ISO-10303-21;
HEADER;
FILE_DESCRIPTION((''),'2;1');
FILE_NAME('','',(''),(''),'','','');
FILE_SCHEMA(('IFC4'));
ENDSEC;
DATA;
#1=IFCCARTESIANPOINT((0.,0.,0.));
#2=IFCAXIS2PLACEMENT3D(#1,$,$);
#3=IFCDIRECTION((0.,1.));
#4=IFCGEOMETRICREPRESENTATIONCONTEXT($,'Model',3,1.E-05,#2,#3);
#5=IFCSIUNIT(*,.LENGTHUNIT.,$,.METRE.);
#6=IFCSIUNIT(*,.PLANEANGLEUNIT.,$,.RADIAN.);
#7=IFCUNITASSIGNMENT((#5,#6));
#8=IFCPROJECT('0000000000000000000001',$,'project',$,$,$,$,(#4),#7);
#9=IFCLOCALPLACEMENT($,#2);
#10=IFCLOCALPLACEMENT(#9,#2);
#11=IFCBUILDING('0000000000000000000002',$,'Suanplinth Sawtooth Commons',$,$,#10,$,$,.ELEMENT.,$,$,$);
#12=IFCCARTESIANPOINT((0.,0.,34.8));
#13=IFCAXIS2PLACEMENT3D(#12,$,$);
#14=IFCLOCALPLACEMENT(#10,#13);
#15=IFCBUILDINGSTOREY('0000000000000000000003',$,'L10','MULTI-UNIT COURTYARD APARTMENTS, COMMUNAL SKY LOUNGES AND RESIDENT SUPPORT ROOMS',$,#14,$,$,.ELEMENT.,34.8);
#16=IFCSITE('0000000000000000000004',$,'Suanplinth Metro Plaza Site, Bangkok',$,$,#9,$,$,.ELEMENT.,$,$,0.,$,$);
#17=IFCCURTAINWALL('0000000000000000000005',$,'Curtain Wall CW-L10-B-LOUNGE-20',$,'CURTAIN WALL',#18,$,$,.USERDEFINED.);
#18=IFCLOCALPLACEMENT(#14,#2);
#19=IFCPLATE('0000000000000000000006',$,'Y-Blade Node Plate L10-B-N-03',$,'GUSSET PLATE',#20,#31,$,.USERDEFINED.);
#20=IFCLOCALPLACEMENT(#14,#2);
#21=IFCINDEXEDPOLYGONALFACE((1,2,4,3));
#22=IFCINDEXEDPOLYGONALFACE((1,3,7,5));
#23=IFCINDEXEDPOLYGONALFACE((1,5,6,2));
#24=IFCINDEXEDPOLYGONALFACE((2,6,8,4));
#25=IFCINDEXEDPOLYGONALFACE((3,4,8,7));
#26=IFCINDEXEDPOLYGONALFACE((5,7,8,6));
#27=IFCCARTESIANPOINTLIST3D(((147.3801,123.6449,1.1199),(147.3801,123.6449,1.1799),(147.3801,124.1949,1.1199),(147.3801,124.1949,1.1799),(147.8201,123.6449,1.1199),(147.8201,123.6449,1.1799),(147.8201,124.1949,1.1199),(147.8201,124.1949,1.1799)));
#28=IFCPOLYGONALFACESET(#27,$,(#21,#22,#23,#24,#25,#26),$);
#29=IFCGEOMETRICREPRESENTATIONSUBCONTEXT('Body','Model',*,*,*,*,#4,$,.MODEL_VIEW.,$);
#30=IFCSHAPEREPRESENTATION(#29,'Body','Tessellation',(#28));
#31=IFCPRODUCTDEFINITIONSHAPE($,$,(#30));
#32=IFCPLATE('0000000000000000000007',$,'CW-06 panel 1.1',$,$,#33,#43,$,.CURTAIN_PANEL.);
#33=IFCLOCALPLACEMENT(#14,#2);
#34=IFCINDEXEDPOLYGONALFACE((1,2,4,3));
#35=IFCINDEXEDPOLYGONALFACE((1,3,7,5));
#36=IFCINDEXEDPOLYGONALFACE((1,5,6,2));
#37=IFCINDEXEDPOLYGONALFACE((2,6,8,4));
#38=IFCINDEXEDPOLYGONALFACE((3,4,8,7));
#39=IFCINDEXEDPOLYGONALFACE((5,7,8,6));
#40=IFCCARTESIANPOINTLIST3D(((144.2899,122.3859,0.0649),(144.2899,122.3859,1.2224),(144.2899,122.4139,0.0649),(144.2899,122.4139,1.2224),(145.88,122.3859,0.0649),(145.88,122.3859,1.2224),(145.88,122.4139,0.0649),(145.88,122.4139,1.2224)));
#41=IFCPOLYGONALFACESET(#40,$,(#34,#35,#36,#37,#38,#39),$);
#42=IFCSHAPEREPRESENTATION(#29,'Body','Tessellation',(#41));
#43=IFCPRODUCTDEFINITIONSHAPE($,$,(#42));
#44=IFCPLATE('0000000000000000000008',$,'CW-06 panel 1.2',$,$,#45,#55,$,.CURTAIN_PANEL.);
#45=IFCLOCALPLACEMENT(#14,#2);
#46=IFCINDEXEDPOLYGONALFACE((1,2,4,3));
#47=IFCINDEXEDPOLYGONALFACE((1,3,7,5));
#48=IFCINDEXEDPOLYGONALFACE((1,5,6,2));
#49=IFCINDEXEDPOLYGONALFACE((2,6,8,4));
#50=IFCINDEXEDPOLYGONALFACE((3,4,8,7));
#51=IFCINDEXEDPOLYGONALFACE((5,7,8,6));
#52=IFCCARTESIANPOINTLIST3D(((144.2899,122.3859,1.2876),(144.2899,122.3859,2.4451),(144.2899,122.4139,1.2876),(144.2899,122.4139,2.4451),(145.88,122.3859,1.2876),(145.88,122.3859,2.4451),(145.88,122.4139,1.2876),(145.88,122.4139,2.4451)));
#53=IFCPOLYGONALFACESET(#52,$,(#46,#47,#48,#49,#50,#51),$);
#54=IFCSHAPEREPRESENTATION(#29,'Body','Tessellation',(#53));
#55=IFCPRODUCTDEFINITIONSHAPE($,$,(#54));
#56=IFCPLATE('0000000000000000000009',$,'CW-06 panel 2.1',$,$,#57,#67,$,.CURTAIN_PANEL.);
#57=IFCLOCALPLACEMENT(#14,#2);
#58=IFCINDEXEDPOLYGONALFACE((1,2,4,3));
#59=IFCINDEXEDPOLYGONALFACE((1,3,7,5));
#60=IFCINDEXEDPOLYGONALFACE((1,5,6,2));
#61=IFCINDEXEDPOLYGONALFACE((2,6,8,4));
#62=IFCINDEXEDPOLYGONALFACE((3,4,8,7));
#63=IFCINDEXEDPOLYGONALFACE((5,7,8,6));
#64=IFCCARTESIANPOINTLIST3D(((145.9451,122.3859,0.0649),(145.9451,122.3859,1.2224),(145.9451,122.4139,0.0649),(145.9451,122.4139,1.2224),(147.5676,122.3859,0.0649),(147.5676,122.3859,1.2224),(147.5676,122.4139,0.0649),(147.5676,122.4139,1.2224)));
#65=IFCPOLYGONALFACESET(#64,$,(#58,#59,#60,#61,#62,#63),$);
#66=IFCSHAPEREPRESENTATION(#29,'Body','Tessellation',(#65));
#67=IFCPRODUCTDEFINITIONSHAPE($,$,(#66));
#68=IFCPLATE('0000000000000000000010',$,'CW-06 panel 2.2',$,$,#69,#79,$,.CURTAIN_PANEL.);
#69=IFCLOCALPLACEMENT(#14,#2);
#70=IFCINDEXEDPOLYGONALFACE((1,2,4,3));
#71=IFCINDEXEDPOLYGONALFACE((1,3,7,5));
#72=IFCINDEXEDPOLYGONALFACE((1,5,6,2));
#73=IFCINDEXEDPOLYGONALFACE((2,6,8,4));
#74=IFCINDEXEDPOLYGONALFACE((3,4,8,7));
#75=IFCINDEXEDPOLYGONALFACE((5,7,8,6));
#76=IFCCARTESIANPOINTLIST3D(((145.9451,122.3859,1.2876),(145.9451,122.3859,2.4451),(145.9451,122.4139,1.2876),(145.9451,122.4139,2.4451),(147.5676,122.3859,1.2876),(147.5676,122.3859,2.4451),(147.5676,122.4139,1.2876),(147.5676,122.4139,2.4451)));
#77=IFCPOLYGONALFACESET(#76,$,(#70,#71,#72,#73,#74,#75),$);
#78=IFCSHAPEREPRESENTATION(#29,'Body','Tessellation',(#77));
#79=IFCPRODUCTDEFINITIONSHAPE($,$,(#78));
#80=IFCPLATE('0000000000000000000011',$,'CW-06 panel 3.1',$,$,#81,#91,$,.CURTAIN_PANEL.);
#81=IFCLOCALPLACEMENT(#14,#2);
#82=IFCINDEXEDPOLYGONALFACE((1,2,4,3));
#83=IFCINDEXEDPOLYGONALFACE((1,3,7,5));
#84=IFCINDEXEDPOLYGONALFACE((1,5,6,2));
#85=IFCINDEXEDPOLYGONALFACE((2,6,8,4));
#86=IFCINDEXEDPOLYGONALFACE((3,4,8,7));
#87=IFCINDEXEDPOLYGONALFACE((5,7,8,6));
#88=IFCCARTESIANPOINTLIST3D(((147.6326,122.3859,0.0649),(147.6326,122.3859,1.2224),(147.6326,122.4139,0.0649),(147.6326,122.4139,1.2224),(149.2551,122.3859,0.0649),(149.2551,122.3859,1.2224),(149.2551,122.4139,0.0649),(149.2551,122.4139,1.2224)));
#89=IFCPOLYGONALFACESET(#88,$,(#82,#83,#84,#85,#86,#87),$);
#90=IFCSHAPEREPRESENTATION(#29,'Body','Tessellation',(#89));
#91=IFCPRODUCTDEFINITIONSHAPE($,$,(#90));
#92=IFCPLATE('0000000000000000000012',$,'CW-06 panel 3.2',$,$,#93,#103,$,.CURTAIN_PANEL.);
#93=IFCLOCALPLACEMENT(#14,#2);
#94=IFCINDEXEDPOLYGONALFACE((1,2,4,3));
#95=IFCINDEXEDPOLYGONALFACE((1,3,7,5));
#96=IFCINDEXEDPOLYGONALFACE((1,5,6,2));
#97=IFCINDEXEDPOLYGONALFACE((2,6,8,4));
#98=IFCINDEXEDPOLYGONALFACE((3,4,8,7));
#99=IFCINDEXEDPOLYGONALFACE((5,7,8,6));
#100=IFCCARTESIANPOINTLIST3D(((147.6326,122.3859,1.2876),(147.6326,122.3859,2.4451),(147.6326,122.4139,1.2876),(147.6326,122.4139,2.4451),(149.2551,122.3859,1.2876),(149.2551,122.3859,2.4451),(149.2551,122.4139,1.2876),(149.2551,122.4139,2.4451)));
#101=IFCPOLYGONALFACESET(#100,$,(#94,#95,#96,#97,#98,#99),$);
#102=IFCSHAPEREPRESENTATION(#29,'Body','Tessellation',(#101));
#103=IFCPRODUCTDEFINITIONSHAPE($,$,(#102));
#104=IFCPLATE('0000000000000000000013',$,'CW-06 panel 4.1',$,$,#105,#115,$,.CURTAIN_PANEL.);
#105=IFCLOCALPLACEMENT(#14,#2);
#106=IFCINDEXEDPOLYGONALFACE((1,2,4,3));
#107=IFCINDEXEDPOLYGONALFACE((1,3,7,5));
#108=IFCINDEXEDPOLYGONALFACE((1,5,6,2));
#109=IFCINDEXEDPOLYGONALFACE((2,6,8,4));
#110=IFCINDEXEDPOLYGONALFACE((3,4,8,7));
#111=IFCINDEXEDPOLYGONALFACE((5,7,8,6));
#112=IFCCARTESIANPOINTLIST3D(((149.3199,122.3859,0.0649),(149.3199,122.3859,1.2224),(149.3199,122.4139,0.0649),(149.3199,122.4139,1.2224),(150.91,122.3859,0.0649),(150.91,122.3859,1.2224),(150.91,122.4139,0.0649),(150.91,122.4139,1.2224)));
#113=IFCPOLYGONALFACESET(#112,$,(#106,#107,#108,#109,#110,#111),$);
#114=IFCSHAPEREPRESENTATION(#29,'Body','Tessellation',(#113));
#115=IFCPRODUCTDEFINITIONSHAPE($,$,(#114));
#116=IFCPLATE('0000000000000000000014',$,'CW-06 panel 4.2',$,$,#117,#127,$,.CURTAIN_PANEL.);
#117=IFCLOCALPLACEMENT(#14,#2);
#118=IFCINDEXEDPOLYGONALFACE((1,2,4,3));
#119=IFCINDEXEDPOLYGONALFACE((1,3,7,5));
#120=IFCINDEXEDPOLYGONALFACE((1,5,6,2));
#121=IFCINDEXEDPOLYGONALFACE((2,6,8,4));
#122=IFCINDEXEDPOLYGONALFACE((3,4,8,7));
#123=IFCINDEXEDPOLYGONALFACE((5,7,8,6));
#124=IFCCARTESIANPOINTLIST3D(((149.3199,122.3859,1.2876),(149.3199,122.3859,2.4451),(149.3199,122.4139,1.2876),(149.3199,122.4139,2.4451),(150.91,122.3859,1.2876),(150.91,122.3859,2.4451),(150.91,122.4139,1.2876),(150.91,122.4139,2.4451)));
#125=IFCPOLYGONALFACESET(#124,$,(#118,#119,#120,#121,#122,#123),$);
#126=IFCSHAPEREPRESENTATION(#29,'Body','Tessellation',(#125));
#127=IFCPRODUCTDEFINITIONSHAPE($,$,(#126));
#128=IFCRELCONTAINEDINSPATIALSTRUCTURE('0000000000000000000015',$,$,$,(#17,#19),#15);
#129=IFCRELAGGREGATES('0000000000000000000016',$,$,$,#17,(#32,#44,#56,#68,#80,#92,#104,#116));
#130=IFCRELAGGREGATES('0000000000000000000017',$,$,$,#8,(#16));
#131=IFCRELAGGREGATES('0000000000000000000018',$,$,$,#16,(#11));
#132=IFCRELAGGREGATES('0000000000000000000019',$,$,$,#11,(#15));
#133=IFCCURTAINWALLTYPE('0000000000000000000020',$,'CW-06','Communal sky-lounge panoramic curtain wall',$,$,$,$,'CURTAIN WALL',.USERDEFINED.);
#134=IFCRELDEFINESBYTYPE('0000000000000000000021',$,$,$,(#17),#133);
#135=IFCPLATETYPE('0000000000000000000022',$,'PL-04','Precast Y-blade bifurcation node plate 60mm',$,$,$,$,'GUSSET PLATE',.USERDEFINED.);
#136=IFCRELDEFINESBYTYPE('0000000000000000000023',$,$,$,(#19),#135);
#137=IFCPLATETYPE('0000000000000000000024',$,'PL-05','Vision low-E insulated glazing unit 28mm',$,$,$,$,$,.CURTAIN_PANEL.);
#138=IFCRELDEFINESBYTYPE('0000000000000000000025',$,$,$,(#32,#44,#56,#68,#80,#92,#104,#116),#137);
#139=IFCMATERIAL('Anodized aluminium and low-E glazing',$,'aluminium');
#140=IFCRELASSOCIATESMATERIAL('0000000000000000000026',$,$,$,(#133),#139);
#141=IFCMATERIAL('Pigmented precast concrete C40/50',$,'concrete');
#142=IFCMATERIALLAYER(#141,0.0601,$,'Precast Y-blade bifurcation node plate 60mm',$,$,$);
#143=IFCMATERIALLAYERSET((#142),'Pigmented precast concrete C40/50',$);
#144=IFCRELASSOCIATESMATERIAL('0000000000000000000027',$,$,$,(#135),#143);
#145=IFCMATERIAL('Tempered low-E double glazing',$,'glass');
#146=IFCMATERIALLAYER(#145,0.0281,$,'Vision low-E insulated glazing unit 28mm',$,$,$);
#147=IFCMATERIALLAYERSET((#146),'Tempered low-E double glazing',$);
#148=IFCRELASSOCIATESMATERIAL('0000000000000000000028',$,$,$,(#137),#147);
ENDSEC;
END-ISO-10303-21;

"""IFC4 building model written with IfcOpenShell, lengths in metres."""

from ifc_helpers import new_model, si_unit, direction, frame, origin, origin_2d, place, context, subcontext, project, spatial, rectangle, extrude, material, layer, layer_set, type_object, element, aggregate, save


model = new_model("IFC4")

# Units and contexts
model_context = context("Model", 3, precision=1e-05, world=origin(), true_north=direction((0.0, 1.0)))
body_context = subcontext(model_context, "Body", "Model", "MODEL_VIEW")
ifc_project = project(units=[si_unit("LENGTHUNIT", "METRE"), si_unit("PLANEANGLEUNIT", "RADIAN")], contexts=[model_context])

# Site, building, storey
site_placement = place(None, origin())
site = spatial("IfcSite", under=ifc_project, at=site_placement, Name="Suanplinth Metro Plaza Site, Bangkok", CompositionType="ELEMENT", RefElevation=0.0)
building_placement = place(site_placement, origin())
building = spatial("IfcBuilding", under=site, at=building_placement, Name="Suanplinth Sawtooth Commons", CompositionType="ELEMENT")
storey_placement = place(building_placement, frame((0.0, 0.0, 34.8)))
storey = spatial("IfcBuildingStorey", under=building, at=storey_placement, Name="L10", Description="MULTI-UNIT COURTYARD APARTMENTS, COMMUNAL SKY LOUNGES AND RESIDENT SUPPORT ROOMS", CompositionType="ELEMENT", Elevation=34.8)

# Shared definitions
ifc_material_1 = material(Name="Pigmented precast concrete C40/50", Category="concrete")

# Curtain wall
ifc_material_2 = material(Name="Anodized aluminium and low-E glazing", Category="aluminium")
curtain_wall_type = type_object("IfcCurtainWallType", Name="CW-06", Description="Communal sky-lounge panoramic curtain wall", ElementType="CURTAIN WALL", PredefinedType="USERDEFINED", material=ifc_material_2)
curtain_wall_placement = place(storey_placement, origin())
curtain_wall = element("IfcCurtainWall", 1, at=curtain_wall_placement, inside=storey, type_object=curtain_wall_type, Name="Curtain Wall CW-L10-B-LOUNGE-20", ObjectType="CURTAIN WALL", PredefinedType="USERDEFINED")

# Plates
ifc_layer_1 = layer(ifc_material_1, 0.0601, Name="Precast Y-blade bifurcation node plate 60mm")
ifc_layer_set_1 = layer_set([ifc_layer_1], Name="Pigmented precast concrete C40/50")
plate_type_1 = type_object("IfcPlateType", Name="PL-04", Description="Precast Y-blade bifurcation node plate 60mm", ElementType="GUSSET PLATE", PredefinedType="USERDEFINED", material=ifc_layer_set_1)
plate_1_placement = place(storey_placement, frame((147.6001, 123.9199, 1.1199), z_axis=(0.0, 0.0, 1.0), x_axis=(1.0, 0.0, 0.0)))
element("IfcPlate", 2, at=plate_1_placement, inside=storey, type_object=plate_type_1, Name="Y-Blade Node Plate L10-B-N-03", ObjectType="GUSSET PLATE", PredefinedType="USERDEFINED", context=body_context, shape_type="SweptSolid", body=[
    extrude(rectangle(XDim=0.4399, YDim=0.55, at=origin_2d()), origin(), (0.0, 0.0, 1.0), 0.0601),
])
ifc_material_3 = material(Name="Tempered low-E double glazing", Category="glass")
ifc_layer_2 = layer(ifc_material_3, 0.0281, Name="Vision low-E insulated glazing unit 28mm")
ifc_layer_set_2 = layer_set([ifc_layer_2], Name="Tempered low-E double glazing")
plate_type_2 = type_object("IfcPlateType", Name="PL-05", Description="Vision low-E insulated glazing unit 28mm", PredefinedType="CURTAIN_PANEL", material=ifc_layer_set_2)
plate_2_placement = place(storey_placement, frame((145.085, 122.3999, 0.0649), z_axis=(0.0, 0.0, 1.0), x_axis=(1.0, 0.0, 0.0)))
plate_2 = element("IfcPlate", 3, at=plate_2_placement, type_object=plate_type_2, Name="CW-06 panel 1.1", PredefinedType="CURTAIN_PANEL", context=body_context, shape_type="SweptSolid", body=[
    extrude(rectangle(XDim=1.5901, YDim=0.0281, at=origin_2d()), origin(), (0.0, 0.0, 1.0), 1.1575),
])
plate_3_placement = place(storey_placement, frame((145.085, 122.3999, 1.2876), z_axis=(0.0, 0.0, 1.0), x_axis=(1.0, 0.0, 0.0)))
plate_3 = element("IfcPlate", 4, at=plate_3_placement, type_object=plate_type_2, Name="CW-06 panel 1.2", PredefinedType="CURTAIN_PANEL", context=body_context, shape_type="SweptSolid", body=[
    extrude(rectangle(XDim=1.5901, YDim=0.0281, at=origin_2d()), origin(), (0.0, 0.0, 1.0), 1.1575),
])
plate_4_placement = place(storey_placement, frame((146.7563, 122.3999, 0.0649), z_axis=(0.0, 0.0, 1.0), x_axis=(1.0, 0.0, 0.0)))
plate_4 = element("IfcPlate", 5, at=plate_4_placement, type_object=plate_type_2, Name="CW-06 panel 2.1", PredefinedType="CURTAIN_PANEL", context=body_context, shape_type="SweptSolid", body=[
    extrude(rectangle(XDim=1.6226, YDim=0.0281, at=origin_2d()), origin(), (0.0, 0.0, 1.0), 1.1575),
])
plate_5_placement = place(storey_placement, frame((146.7563, 122.3999, 1.2876), z_axis=(0.0, 0.0, 1.0), x_axis=(1.0, 0.0, 0.0)))
plate_5 = element("IfcPlate", 6, at=plate_5_placement, type_object=plate_type_2, Name="CW-06 panel 2.2", PredefinedType="CURTAIN_PANEL", context=body_context, shape_type="SweptSolid", body=[
    extrude(rectangle(XDim=1.6226, YDim=0.0281, at=origin_2d()), origin(), (0.0, 0.0, 1.0), 1.1575),
])
plate_6_placement = place(storey_placement, frame((148.4438, 122.3999, 0.0649), z_axis=(0.0, 0.0, 1.0), x_axis=(1.0, 0.0, 0.0)))
plate_6 = element("IfcPlate", 7, at=plate_6_placement, type_object=plate_type_2, Name="CW-06 panel 3.1", PredefinedType="CURTAIN_PANEL", context=body_context, shape_type="SweptSolid", body=[
    extrude(rectangle(XDim=1.6226, YDim=0.0281, at=origin_2d()), origin(), (0.0, 0.0, 1.0), 1.1575),
])
plate_7_placement = place(storey_placement, frame((148.4438, 122.3999, 1.2876), z_axis=(0.0, 0.0, 1.0), x_axis=(1.0, 0.0, 0.0)))
plate_7 = element("IfcPlate", 8, at=plate_7_placement, type_object=plate_type_2, Name="CW-06 panel 3.2", PredefinedType="CURTAIN_PANEL", context=body_context, shape_type="SweptSolid", body=[
    extrude(rectangle(XDim=1.6226, YDim=0.0281, at=origin_2d()), origin(), (0.0, 0.0, 1.0), 1.1575),
])
plate_8_placement = place(storey_placement, frame((150.115, 122.3999, 0.0649), z_axis=(0.0, 0.0, 1.0), x_axis=(1.0, 0.0, 0.0)))
plate_8 = element("IfcPlate", 9, at=plate_8_placement, type_object=plate_type_2, Name="CW-06 panel 4.1", PredefinedType="CURTAIN_PANEL", context=body_context, shape_type="SweptSolid", body=[
    extrude(rectangle(XDim=1.5901, YDim=0.0281, at=origin_2d()), origin(), (0.0, 0.0, 1.0), 1.1575),
])
plate_9_placement = place(storey_placement, frame((150.115, 122.3999, 1.2876), z_axis=(0.0, 0.0, 1.0), x_axis=(1.0, 0.0, 0.0)))
plate_9 = element("IfcPlate", 10, at=plate_9_placement, type_object=plate_type_2, Name="CW-06 panel 4.2", PredefinedType="CURTAIN_PANEL", context=body_context, shape_type="SweptSolid", body=[
    extrude(rectangle(XDim=1.5901, YDim=0.0281, at=origin_2d()), origin(), (0.0, 0.0, 1.0), 1.1575),
])
aggregate(curtain_wall, [plate_2, plate_3, plate_4, plate_5, plate_6, plate_7, plate_8, plate_9])

save(model, "model.ifc")
